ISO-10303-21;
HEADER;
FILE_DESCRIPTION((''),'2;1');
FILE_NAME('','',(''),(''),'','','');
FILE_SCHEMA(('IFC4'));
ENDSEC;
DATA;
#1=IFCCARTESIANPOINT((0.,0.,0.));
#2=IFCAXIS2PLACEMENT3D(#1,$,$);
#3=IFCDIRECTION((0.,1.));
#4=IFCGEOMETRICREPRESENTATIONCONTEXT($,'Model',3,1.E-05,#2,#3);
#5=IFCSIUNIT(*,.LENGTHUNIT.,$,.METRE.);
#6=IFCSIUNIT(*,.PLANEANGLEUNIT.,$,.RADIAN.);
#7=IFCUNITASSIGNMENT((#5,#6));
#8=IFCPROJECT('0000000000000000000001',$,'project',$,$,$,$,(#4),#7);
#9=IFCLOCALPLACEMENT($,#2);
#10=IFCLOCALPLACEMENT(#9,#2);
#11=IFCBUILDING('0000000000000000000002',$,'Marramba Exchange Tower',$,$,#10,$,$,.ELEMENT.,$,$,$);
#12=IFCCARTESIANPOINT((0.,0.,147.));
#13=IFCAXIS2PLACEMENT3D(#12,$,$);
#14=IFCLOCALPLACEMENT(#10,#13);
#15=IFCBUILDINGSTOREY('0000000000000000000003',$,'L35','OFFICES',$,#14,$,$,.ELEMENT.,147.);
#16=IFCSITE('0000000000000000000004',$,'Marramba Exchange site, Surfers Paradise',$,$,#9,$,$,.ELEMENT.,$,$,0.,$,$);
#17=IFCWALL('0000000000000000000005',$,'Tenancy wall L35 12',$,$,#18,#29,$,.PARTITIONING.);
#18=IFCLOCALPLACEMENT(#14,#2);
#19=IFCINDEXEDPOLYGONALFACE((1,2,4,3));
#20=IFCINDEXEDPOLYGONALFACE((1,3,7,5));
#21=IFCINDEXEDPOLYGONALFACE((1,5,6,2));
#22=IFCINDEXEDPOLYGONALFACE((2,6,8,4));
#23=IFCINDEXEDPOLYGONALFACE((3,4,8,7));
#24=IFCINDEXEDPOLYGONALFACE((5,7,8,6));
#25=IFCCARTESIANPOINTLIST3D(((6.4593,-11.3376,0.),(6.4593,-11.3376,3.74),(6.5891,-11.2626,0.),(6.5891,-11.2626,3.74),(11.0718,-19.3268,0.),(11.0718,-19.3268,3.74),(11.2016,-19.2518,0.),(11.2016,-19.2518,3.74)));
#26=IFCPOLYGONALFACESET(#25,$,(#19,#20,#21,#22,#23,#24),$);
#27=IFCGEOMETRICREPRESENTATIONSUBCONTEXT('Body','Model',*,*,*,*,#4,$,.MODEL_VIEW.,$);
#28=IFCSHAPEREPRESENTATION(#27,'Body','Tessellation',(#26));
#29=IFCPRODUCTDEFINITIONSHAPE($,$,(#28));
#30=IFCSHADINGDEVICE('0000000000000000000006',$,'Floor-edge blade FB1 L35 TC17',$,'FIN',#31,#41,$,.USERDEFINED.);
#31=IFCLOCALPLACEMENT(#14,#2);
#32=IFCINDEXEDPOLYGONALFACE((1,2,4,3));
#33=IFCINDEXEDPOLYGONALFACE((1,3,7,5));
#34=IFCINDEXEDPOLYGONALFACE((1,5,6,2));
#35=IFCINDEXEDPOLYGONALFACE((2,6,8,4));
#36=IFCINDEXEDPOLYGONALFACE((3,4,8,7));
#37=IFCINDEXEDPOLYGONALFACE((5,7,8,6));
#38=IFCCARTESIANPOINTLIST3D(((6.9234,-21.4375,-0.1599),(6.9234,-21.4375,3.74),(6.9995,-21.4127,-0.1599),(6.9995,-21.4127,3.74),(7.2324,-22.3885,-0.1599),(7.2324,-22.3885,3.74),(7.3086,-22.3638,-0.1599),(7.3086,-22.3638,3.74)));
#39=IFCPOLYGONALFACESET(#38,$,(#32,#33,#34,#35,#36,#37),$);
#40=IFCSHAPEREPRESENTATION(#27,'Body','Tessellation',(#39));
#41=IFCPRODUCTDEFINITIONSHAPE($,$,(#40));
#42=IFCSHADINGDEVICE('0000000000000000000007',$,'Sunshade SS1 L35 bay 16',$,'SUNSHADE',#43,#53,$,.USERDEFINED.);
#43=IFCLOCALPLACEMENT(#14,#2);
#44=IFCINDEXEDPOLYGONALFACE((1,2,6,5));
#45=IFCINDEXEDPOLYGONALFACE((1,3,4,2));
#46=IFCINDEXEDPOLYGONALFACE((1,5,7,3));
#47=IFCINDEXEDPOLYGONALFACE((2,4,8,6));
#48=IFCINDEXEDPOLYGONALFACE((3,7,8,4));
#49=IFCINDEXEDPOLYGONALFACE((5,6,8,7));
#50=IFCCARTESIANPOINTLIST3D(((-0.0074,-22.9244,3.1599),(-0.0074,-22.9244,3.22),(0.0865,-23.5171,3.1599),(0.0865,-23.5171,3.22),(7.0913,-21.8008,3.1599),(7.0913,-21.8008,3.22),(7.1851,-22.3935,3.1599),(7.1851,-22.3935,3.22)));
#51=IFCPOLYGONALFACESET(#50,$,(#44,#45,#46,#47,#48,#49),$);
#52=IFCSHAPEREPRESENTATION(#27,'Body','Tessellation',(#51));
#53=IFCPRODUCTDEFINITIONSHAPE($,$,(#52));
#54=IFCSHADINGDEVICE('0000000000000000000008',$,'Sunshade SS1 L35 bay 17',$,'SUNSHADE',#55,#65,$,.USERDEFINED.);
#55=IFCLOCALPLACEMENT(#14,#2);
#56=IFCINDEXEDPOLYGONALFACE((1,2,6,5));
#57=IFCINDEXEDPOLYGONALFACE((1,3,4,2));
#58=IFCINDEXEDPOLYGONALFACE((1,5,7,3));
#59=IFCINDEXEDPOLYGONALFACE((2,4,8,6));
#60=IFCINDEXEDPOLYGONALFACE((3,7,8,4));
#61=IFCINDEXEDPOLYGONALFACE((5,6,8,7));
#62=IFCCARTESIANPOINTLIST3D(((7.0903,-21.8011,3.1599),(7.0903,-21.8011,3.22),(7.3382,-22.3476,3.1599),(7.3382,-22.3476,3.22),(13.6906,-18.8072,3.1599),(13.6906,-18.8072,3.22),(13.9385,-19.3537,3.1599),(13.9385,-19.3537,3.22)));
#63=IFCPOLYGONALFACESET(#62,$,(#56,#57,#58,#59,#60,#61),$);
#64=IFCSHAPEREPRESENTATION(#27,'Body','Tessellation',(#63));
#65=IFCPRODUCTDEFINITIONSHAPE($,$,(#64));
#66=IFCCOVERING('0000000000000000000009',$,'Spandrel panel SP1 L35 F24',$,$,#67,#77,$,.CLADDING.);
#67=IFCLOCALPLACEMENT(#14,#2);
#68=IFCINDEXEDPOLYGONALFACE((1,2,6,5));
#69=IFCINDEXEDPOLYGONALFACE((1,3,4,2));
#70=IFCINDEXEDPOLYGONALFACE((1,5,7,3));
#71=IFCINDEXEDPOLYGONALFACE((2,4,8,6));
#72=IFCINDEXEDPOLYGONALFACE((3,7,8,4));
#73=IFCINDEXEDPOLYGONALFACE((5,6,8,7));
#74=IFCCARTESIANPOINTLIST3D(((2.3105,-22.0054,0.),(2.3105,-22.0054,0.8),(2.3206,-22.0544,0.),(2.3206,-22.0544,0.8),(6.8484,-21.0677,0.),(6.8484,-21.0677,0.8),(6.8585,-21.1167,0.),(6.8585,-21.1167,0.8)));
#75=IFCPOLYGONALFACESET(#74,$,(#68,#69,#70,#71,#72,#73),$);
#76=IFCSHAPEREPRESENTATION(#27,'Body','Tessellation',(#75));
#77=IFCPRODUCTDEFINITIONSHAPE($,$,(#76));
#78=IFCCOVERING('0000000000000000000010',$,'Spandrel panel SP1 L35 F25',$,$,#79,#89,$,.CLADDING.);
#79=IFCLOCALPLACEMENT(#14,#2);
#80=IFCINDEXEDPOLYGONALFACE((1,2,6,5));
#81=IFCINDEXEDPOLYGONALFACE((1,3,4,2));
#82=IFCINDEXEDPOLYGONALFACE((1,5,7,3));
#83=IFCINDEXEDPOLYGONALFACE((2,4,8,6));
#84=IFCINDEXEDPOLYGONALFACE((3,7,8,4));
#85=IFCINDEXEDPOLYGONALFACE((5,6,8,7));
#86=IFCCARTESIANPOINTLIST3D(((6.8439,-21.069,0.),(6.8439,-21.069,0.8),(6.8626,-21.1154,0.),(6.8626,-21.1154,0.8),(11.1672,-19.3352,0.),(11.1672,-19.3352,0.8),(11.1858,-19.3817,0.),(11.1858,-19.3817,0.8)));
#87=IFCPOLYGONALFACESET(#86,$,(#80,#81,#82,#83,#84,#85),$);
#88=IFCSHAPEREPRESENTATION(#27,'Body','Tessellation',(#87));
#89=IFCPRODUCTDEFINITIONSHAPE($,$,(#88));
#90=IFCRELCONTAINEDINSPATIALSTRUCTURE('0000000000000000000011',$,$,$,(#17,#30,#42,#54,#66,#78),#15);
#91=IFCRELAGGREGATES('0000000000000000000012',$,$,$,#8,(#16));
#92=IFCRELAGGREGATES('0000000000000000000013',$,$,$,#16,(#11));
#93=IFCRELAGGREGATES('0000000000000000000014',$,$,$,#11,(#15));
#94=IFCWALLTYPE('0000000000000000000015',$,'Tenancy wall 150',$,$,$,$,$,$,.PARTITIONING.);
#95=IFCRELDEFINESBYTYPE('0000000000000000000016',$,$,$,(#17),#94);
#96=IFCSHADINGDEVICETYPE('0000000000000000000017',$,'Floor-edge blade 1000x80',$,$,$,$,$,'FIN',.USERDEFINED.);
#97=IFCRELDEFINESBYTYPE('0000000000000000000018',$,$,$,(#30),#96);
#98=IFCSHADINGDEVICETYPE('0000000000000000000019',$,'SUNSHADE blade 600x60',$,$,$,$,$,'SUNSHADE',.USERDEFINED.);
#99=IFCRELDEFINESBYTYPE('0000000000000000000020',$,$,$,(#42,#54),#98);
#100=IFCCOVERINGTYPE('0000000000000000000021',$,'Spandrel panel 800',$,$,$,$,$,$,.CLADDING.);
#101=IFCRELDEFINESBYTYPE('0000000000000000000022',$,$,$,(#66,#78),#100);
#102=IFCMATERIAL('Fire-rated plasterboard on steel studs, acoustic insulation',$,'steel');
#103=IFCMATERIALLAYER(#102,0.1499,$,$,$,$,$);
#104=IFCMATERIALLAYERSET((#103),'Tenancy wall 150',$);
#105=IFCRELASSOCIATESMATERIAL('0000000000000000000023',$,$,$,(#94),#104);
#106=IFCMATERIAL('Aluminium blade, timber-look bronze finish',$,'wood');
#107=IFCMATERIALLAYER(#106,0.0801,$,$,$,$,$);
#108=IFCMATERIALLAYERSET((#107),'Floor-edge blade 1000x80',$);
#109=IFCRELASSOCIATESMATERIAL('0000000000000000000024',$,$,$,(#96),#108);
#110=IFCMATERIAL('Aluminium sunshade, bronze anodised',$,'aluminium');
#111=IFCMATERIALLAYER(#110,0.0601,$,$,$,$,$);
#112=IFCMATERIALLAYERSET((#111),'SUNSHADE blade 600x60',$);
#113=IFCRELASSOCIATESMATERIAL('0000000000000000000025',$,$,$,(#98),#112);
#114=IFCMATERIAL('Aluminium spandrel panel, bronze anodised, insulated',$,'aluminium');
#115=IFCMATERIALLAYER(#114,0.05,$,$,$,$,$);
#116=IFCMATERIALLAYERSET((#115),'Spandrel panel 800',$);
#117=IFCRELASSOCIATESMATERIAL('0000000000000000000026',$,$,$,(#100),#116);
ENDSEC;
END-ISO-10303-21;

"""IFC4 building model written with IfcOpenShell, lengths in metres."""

from ifc_helpers import new_model, si_unit, direction, frame, frame_2d, origin, origin_2d, place, context, subcontext, project, spatial, rectangle, extrude, material, layer, layer_set, type_object, element, save


model = new_model("IFC4")

# Units and contexts
model_context = context("Model", 3, precision=1e-05, world=origin(), true_north=direction((0.0, 1.0)))
body_context = subcontext(model_context, "Body", "Model", "MODEL_VIEW")
ifc_project = project(units=[si_unit("LENGTHUNIT", "METRE"), si_unit("PLANEANGLEUNIT", "RADIAN")], contexts=[model_context])

# Site, building, storey
site_placement = place(None, origin())
site = spatial("IfcSite", under=ifc_project, at=site_placement, Name="Marramba Exchange site, Surfers Paradise", CompositionType="ELEMENT", RefElevation=0.0)
building_placement = place(site_placement, origin())
building = spatial("IfcBuilding", under=site, at=building_placement, Name="Marramba Exchange Tower", CompositionType="ELEMENT")
storey_placement = place(building_placement, frame((0.0, 0.0, 147.0)))
storey = spatial("IfcBuildingStorey", under=building, at=storey_placement, Name="L35", Description="OFFICES", CompositionType="ELEMENT", Elevation=147.0)

# Wall
ifc_material_1 = material(Name="Fire-rated plasterboard on steel studs, acoustic insulation", Category="steel")
ifc_layer_1 = layer(ifc_material_1, 0.1499)
ifc_layer_set_1 = layer_set([ifc_layer_1], Name="Tenancy wall 150")
wall_type_1 = type_object("IfcWallType", Name="Tenancy wall 150", PredefinedType="PARTITIONING", material=ifc_layer_set_1)
wall_1_placement = place(storey_placement, frame((11.1367, -19.2893, 0.0), z_axis=(0.0, 0.0, 1.0), x_axis=(-0.499996, 0.866028, 0.0)))
element("IfcWall", 1, at=wall_1_placement, inside=storey, type_object=wall_type_1, Name="Tenancy wall L35 12", PredefinedType="PARTITIONING", context=body_context, shape_type="SweptSolid", body=[
    extrude(rectangle(XDim=9.2251, YDim=0.1499, at=frame_2d((4.6125, 0.0))), origin(), (0.0, 0.0, 1.0), 3.74),
])

# Shading devices
ifc_material_2 = material(Name="Aluminium blade, timber-look bronze finish", Category="wood")
ifc_layer_2 = layer(ifc_material_2, 0.0801)
ifc_layer_set_2 = layer_set([ifc_layer_2], Name="Floor-edge blade 1000x80")
shading_device_type_1 = type_object("IfcShadingDeviceType", Name="Floor-edge blade 1000x80", ElementType="FIN", PredefinedType="USERDEFINED", material=ifc_layer_set_2)
shading_device_1_placement = place(storey_placement, frame((7.116, -21.9006, -0.1599), z_axis=(0.0, 0.0, 1.0), x_axis=(0.309017, -0.951057, 0.0)))
element("IfcShadingDevice", 2, at=shading_device_1_placement, inside=storey, type_object=shading_device_type_1, Name="Floor-edge blade FB1 L35 TC17", ObjectType="FIN", PredefinedType="USERDEFINED", context=body_context, shape_type="SweptSolid", body=[
    extrude(rectangle(XDim=1.0, YDim=0.0801, at=origin_2d()), origin(), (0.0, 0.0, 1.0), 3.8999),
])
ifc_material_3 = material(Name="Aluminium sunshade, bronze anodised", Category="aluminium")
ifc_layer_3 = layer(ifc_material_3, 0.0601)
ifc_layer_set_3 = layer_set([ifc_layer_3], Name="SUNSHADE blade 600x60")
shading_device_type_2 = type_object("IfcShadingDeviceType", Name="SUNSHADE blade 600x60", ElementType="SUNSHADE", PredefinedType="USERDEFINED", material=ifc_layer_set_3)
shading_device_2_placement = place(storey_placement, frame((3.5889, -22.6589, 3.1599), z_axis=(0.0, 0.0, 1.0), x_axis=(0.987705, 0.15633, 0.0)))
element("IfcShadingDevice", 3, at=shading_device_2_placement, inside=storey, type_object=shading_device_type_2, Name="Sunshade SS1 L35 bay 16", ObjectType="SUNSHADE", PredefinedType="USERDEFINED", context=body_context, shape_type="SweptSolid", body=[
    extrude(rectangle(XDim=7.187, YDim=0.6001, at=origin_2d()), origin(), (0.0, 0.0, 1.0), 0.0601),
])
shading_device_3_placement = place(storey_placement, frame((10.5144, -20.5774, 3.1599), z_axis=(0.0, 0.0, 1.0), x_axis=(0.910692, 0.413086, 0.0)))
element("IfcShadingDevice", 4, at=shading_device_3_placement, inside=storey, type_object=shading_device_type_2, Name="Sunshade SS1 L35 bay 17", ObjectType="SUNSHADE", PredefinedType="USERDEFINED", context=body_context, shape_type="SweptSolid", body=[
    extrude(rectangle(XDim=7.2476, YDim=0.6001, at=origin_2d()), origin(), (0.0, 0.0, 1.0), 0.0601),
])

# Coverings
ifc_material_4 = material(Name="Aluminium spandrel panel, bronze anodised, insulated", Category="aluminium")
ifc_layer_4 = layer(ifc_material_4, 0.05)
ifc_layer_set_4 = layer_set([ifc_layer_4], Name="Spandrel panel 800")
covering_type = type_object("IfcCoveringType", Name="Spandrel panel 800", PredefinedType="CLADDING", material=ifc_layer_set_4)
covering_1_placement = place(storey_placement, frame((4.5845, -21.561, 0.0), z_axis=(0.0, 0.0, 1.0), x_axis=(0.97931, 0.202365, 0.0)))
element("IfcCovering", 5, at=covering_1_placement, inside=storey, type_object=covering_type, Name="Spandrel panel SP1 L35 F24", PredefinedType="CLADDING", context=body_context, shape_type="SweptSolid", body=[
    extrude(rectangle(XDim=4.6338, YDim=0.05, at=origin_2d()), origin(), (0.0, 0.0, 1.0), 0.8),
])
covering_2_placement = place(storey_placement, frame((9.0149, -20.2253, 0.0), z_axis=(0.0, 0.0, 1.0), x_axis=(0.928149, 0.372209, 0.0)))
element("IfcCovering", 6, at=covering_2_placement, inside=storey, type_object=covering_type, Name="Spandrel panel SP1 L35 F25", PredefinedType="CLADDING", context=body_context, shape_type="SweptSolid", body=[
    extrude(rectangle(XDim=4.658, YDim=0.05, at=origin_2d()), origin(), (0.0, 0.0, 1.0), 0.8),
])

save(model, "model.ifc")
